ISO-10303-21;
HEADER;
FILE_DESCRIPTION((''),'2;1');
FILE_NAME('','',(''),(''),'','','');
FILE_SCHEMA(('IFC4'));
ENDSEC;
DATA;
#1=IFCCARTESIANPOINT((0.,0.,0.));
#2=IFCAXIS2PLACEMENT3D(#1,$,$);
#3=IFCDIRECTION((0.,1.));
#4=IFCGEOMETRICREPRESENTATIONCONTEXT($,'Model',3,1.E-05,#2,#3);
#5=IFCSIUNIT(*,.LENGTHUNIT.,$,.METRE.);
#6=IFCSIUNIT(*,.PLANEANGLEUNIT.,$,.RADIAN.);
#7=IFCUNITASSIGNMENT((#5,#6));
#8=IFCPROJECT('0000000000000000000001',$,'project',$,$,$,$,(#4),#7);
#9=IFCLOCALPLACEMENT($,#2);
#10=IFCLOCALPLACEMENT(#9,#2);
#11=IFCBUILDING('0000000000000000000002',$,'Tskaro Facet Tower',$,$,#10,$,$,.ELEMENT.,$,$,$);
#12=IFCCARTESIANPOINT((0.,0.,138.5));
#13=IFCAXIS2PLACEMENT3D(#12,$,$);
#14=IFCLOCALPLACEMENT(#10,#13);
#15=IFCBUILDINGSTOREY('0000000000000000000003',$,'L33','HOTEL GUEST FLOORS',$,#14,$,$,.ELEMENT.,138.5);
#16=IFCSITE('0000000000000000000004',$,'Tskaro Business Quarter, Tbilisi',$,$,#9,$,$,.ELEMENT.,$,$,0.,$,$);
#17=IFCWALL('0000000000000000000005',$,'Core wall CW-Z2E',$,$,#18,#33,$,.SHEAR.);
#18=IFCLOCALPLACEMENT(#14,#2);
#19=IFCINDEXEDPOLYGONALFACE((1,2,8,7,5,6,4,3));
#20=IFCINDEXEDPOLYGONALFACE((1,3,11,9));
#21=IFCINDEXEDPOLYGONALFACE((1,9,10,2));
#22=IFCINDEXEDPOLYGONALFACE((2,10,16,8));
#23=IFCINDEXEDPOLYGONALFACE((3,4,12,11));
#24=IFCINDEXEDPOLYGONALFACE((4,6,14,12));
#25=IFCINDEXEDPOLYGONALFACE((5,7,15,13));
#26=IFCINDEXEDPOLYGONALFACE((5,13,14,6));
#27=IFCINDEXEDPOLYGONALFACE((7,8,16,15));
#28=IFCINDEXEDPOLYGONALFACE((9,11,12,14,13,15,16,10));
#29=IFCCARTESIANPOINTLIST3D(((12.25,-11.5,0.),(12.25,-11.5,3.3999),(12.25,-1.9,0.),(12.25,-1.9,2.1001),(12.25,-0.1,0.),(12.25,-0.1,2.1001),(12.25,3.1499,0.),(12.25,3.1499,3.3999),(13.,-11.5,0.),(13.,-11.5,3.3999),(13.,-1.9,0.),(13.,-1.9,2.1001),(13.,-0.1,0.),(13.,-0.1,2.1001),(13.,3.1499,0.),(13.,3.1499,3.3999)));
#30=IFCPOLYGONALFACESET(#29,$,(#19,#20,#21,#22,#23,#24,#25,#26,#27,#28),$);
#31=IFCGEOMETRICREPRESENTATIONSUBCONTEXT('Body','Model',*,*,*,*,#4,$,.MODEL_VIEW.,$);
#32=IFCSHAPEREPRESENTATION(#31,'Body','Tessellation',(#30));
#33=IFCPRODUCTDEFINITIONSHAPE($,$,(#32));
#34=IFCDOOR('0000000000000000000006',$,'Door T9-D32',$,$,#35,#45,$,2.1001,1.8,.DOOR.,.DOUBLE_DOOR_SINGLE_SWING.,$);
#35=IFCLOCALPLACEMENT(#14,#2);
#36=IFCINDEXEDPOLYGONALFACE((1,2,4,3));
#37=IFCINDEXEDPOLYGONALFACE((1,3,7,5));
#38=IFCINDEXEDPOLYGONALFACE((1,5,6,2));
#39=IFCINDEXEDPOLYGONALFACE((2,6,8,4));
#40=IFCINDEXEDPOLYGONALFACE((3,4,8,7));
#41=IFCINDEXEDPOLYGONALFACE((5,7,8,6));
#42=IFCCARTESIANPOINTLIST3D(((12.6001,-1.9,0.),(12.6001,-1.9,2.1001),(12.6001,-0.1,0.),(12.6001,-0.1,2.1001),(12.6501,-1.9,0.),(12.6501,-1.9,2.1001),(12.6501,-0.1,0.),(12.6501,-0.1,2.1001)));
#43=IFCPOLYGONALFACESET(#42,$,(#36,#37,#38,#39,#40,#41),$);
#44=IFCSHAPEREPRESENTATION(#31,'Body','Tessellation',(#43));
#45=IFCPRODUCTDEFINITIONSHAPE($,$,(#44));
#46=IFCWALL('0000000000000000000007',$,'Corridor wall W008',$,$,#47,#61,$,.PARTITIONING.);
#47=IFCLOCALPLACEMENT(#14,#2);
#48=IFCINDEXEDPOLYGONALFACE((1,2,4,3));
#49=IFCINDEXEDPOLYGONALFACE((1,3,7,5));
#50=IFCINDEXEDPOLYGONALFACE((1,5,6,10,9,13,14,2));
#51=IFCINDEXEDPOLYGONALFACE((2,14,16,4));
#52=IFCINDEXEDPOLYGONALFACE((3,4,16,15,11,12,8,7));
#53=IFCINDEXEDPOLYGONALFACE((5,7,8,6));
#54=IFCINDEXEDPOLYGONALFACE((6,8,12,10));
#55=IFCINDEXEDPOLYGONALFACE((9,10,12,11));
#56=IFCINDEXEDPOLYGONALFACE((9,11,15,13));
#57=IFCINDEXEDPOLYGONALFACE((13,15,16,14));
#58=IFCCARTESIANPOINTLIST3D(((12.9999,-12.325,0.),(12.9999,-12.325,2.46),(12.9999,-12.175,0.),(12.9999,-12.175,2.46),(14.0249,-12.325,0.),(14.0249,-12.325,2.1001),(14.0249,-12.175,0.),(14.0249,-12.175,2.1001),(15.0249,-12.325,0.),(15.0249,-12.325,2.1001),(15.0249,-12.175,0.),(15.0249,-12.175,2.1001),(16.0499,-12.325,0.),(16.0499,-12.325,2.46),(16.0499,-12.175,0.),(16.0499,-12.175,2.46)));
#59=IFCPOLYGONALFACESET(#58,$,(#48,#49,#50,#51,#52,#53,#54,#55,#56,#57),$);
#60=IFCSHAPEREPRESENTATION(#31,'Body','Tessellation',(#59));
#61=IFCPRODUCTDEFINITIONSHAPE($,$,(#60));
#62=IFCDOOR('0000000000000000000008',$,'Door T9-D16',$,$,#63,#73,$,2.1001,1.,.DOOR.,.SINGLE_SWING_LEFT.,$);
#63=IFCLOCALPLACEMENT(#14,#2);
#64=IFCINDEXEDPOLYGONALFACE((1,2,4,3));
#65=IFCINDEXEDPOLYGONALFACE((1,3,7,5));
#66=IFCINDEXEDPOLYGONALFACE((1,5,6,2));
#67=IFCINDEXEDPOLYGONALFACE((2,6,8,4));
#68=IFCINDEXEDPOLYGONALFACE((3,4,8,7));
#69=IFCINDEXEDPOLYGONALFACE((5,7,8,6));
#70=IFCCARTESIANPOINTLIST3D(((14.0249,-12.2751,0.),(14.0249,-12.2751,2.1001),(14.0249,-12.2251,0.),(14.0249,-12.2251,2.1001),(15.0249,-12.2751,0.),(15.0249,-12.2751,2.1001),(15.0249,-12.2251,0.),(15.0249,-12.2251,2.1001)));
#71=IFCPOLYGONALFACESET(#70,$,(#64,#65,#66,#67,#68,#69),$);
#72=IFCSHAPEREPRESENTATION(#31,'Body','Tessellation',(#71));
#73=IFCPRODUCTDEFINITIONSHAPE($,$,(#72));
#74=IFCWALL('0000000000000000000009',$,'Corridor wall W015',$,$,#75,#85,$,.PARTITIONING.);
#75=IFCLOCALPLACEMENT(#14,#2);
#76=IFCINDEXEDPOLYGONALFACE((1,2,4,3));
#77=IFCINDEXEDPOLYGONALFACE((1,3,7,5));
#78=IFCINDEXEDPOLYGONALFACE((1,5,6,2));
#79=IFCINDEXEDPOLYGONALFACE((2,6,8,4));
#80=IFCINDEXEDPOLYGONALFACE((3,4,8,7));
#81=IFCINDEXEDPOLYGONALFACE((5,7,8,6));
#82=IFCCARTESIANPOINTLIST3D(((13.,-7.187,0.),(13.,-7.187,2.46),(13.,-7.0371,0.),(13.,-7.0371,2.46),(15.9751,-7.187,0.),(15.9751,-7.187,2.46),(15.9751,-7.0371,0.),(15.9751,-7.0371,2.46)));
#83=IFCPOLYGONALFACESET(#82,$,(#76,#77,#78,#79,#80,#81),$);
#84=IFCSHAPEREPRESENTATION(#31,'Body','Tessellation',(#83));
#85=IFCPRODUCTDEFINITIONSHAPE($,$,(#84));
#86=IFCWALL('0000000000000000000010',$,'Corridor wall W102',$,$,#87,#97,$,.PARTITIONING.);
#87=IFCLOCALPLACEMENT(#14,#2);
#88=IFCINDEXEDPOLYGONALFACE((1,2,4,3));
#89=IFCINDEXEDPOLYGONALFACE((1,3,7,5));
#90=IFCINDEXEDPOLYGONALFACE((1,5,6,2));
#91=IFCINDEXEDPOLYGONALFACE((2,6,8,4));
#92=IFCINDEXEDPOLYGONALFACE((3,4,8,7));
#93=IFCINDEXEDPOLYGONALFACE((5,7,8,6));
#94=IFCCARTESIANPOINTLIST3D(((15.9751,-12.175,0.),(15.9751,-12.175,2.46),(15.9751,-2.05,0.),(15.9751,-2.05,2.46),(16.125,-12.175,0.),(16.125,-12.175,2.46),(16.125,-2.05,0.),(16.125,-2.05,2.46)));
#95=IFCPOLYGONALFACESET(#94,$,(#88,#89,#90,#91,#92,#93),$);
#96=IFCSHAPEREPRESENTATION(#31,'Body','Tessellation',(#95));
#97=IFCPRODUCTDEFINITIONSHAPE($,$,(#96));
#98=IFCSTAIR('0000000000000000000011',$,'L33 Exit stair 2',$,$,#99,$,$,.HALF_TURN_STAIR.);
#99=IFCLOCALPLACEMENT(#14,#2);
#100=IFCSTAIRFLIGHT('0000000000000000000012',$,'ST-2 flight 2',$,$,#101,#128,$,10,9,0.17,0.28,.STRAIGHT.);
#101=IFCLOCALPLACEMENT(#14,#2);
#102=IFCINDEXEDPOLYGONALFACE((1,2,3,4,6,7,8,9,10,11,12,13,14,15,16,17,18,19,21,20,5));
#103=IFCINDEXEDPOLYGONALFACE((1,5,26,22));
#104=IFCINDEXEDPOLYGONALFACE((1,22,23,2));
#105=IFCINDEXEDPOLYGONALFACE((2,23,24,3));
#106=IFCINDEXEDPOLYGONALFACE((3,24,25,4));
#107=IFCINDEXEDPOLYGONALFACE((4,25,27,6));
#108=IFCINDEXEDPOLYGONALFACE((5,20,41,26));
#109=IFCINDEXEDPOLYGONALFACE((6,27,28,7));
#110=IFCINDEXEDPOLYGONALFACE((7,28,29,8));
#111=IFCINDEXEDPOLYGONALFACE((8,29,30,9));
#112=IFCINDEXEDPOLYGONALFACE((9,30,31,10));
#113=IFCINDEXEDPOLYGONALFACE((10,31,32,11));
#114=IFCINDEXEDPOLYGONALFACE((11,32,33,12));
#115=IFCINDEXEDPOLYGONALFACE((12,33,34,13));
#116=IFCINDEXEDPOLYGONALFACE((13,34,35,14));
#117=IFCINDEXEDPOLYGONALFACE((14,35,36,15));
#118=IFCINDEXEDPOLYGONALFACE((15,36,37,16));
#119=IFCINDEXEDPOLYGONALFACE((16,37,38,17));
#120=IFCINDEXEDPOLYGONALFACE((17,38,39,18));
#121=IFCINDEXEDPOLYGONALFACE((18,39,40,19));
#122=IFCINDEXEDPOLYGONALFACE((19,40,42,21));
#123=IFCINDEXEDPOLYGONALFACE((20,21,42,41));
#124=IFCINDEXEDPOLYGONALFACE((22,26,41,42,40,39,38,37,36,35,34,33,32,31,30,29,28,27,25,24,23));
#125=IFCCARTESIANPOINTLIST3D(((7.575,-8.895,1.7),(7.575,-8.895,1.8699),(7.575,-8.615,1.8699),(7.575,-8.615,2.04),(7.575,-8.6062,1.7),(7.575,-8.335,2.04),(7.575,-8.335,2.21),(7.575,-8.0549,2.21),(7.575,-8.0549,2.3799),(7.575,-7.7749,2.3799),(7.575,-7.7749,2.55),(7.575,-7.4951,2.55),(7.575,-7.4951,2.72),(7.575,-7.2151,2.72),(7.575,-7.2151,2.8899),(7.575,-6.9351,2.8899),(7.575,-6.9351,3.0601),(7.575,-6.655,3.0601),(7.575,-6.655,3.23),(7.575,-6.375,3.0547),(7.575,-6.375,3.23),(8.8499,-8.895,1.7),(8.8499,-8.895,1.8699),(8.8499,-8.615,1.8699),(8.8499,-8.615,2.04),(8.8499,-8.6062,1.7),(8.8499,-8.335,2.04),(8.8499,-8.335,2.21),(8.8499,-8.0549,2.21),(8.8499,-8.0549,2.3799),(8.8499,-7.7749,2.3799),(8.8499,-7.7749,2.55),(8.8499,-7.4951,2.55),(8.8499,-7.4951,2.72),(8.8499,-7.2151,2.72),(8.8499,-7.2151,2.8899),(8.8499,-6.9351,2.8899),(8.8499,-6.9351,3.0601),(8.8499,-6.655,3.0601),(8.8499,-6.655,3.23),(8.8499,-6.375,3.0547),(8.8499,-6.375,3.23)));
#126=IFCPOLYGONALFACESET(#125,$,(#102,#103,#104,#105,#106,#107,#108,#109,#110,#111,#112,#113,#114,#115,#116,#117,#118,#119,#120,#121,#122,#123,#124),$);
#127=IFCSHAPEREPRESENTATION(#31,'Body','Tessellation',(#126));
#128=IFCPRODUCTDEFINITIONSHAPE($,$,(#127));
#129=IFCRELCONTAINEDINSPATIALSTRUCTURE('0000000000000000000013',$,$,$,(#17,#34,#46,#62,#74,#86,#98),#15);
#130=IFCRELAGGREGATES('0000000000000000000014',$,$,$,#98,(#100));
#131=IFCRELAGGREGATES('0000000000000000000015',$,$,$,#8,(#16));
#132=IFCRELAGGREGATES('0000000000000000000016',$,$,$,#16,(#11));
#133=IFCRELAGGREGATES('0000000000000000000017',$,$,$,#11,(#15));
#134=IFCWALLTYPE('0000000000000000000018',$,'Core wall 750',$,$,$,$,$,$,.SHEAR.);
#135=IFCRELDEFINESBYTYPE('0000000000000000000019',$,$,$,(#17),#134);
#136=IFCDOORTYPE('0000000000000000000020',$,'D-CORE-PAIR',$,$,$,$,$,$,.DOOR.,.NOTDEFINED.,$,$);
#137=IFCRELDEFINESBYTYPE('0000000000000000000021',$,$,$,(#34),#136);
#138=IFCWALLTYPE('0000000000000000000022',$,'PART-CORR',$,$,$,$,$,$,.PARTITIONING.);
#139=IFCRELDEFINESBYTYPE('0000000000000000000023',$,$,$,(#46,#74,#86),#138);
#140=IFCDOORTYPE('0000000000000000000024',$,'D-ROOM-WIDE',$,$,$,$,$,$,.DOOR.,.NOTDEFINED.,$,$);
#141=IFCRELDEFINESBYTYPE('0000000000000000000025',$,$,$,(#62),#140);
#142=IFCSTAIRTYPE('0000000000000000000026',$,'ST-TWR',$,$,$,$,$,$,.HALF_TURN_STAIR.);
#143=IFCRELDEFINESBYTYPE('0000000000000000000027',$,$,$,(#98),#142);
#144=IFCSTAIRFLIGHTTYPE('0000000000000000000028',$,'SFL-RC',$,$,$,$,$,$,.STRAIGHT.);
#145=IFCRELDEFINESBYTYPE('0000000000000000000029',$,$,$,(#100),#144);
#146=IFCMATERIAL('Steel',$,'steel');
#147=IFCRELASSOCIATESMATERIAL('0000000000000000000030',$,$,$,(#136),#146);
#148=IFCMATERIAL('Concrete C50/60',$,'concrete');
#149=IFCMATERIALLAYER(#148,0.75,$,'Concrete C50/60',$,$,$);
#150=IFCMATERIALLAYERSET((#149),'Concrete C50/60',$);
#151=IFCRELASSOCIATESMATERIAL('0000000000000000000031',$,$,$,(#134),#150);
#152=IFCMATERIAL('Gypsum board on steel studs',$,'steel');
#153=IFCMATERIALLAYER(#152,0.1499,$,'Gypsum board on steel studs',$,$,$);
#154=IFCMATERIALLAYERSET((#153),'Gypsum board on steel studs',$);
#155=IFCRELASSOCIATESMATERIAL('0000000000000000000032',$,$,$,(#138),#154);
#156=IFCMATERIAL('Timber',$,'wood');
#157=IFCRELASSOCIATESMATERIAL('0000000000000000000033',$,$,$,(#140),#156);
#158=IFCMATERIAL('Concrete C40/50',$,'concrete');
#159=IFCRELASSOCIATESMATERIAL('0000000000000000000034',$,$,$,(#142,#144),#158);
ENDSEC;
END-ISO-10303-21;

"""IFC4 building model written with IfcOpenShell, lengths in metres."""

from ifc_helpers import new_model, si_unit, direction, frame, frame_2d, origin, place, context, subcontext, project, spatial, polyline, rectangle, outline, extrude, material, layer, layer_set, type_object, element, fill, aggregate, save


model = new_model("IFC4")

# Units and contexts
model_context = context("Model", 3, precision=1e-05, world=origin(), true_north=direction((0.0, 1.0)))
body_context = subcontext(model_context, "Body", "Model", "MODEL_VIEW")
ifc_project = project(units=[si_unit("LENGTHUNIT", "METRE"), si_unit("PLANEANGLEUNIT", "RADIAN")], contexts=[model_context])

# Site, building, storey
site_placement = place(None, origin())
site = spatial("IfcSite", under=ifc_project, at=site_placement, Name="Tskaro Business Quarter, Tbilisi", CompositionType="ELEMENT", RefElevation=0.0)
building_placement = place(site_placement, origin())
building = spatial("IfcBuilding", under=site, at=building_placement, Name="Tskaro Facet Tower", CompositionType="ELEMENT")
storey_placement = place(building_placement, frame((0.0, 0.0, 138.5)))
storey = spatial("IfcBuildingStorey", under=building, at=storey_placement, Name="L33", Description="HOTEL GUEST FLOORS", CompositionType="ELEMENT", Elevation=138.5)

# Shared definitions
ifc_material_1 = material(Name="Steel", Category="steel")
ifc_material_2 = material(Name="Timber", Category="wood")
ifc_material_3 = material(Name="Concrete C40/50", Category="concrete")
door_type_1 = type_object("IfcDoorType", Name="D-CORE-PAIR", OperationType="NOTDEFINED", PredefinedType="DOOR", material=ifc_material_1)

# Walls, openings, doors
ifc_material_4 = material(Name="Concrete C50/60", Category="concrete")
ifc_layer_1 = layer(ifc_material_4, 0.75, Name="Concrete C50/60")
ifc_layer_set_1 = layer_set([ifc_layer_1], Name="Concrete C50/60")
wall_type_1 = type_object("IfcWallType", Name="Core wall 750", PredefinedType="SHEAR", material=ifc_layer_set_1)
wall_1_placement = place(storey_placement, frame((12.625, -11.5, 0.0), z_axis=(0.0, 0.0, 1.0), x_axis=(0.0, 1.0, 0.0)))
wall_1 = element("IfcWall", 1, at=wall_1_placement, inside=storey, type_object=wall_type_1, Name="Core wall CW-Z2E", PredefinedType="SHEAR", context=body_context, shape_type="SweptSolid", body=[
    extrude(rectangle(XDim=14.6499, YDim=0.75, at=frame_2d((7.325, 0.0))), origin(), (0.0, 0.0, 1.0), 3.3999),
])
opening_1_placement = place(wall_1_placement, frame((9.6001, 0.0, 0.0)))
opening_1 = element("IfcOpeningElement", 2, at=opening_1_placement, cuts=wall_1, PredefinedType="OPENING", context=body_context, shape_type="SweptSolid", body=[
    extrude(rectangle(XDim=1.8, YDim=2.1001, at=frame_2d((0.8999, 1.05))), frame((0.0, 0.385, 0.0), z_axis=(0.0, -1.0, 0.0), x_axis=(1.0, 0.0, 0.0)), (0.0, 0.0, 1.0), 0.77),
])
door_1_placement = place(opening_1_placement, origin())
door_1 = element("IfcDoor", 3, at=door_1_placement, inside=storey, type_object=door_type_1, Name="Door T9-D32", OperationType="DOUBLE_DOOR_SINGLE_SWING", OverallHeight=2.1001, OverallWidth=1.8, PredefinedType="DOOR", context=body_context, shape_type="SweptSolid", body=[
    extrude(rectangle(XDim=1.8, YDim=2.1001, at=frame_2d((0.8999, 1.05))), frame((0.0, 0.0249, 0.0), z_axis=(0.0, -1.0, 0.0), x_axis=(1.0, 0.0, 0.0)), (0.0, 0.0, 1.0), 0.05),
])
fill(opening_1, door_1)
ifc_material_5 = material(Name="Gypsum board on steel studs", Category="steel")
ifc_layer_2 = layer(ifc_material_5, 0.1499, Name="Gypsum board on steel studs")
ifc_layer_set_2 = layer_set([ifc_layer_2], Name="Gypsum board on steel studs")
wall_type_2 = type_object("IfcWallType", Name="PART-CORR", PredefinedType="PARTITIONING", material=ifc_layer_set_2)
wall_2_placement = place(storey_placement, frame((13.0, -12.25, 0.0), z_axis=(0.0, 0.0, 1.0), x_axis=(1.0, 0.0, 0.0)))
wall_2 = element("IfcWall", 4, at=wall_2_placement, inside=storey, type_object=wall_type_2, Name="Corridor wall W008", PredefinedType="PARTITIONING", context=body_context, shape_type="SweptSolid", body=[
    extrude(rectangle(XDim=3.05, YDim=0.1499, at=frame_2d((1.5249, 0.0))), origin(), (0.0, 0.0, 1.0), 2.46),
])
opening_2_placement = place(wall_2_placement, frame((1.0249, 0.0, 0.0)))
opening_2 = element("IfcOpeningElement", 5, at=opening_2_placement, cuts=wall_2, PredefinedType="OPENING", context=body_context, shape_type="SweptSolid", body=[
    extrude(rectangle(XDim=1.0, YDim=2.1001, at=frame_2d((0.5, 1.05))), frame((0.0, 0.085, 0.0), z_axis=(0.0, -1.0, 0.0), x_axis=(1.0, 0.0, 0.0)), (0.0, 0.0, 1.0), 0.1699),
])
door_type_2 = type_object("IfcDoorType", Name="D-ROOM-WIDE", OperationType="NOTDEFINED", PredefinedType="DOOR", material=ifc_material_2)
door_2_placement = place(opening_2_placement, origin())
door_2 = element("IfcDoor", 6, at=door_2_placement, inside=storey, type_object=door_type_2, Name="Door T9-D16", OperationType="SINGLE_SWING_LEFT", OverallHeight=2.1001, OverallWidth=1.0, PredefinedType="DOOR", context=body_context, shape_type="SweptSolid", body=[
    extrude(rectangle(XDim=1.0, YDim=2.1001, at=frame_2d((0.5, 1.05))), frame((0.0, 0.0249, 0.0), z_axis=(0.0, -1.0, 0.0), x_axis=(1.0, 0.0, 0.0)), (0.0, 0.0, 1.0), 0.05),
])
fill(opening_2, door_2)

# Walls
wall_3_placement = place(storey_placement, frame((13.0, -7.1121, 0.0), z_axis=(0.0, 0.0, 1.0), x_axis=(1.0, 0.0, 0.0)))
element("IfcWall", 7, at=wall_3_placement, inside=storey, type_object=wall_type_2, Name="Corridor wall W015", PredefinedType="PARTITIONING", context=body_context, shape_type="SweptSolid", body=[
    extrude(rectangle(XDim=2.9751, YDim=0.1499, at=frame_2d((1.4875, 0.0))), origin(), (0.0, 0.0, 1.0), 2.46),
])
wall_4_placement = place(storey_placement, frame((16.05, -12.175, 0.0), z_axis=(0.0, 0.0, 1.0), x_axis=(0.0, 1.0, 0.0)))
element("IfcWall", 8, at=wall_4_placement, inside=storey, type_object=wall_type_2, Name="Corridor wall W102", PredefinedType="PARTITIONING", context=body_context, shape_type="SweptSolid", body=[
    extrude(rectangle(XDim=10.125, YDim=0.1499, at=frame_2d((5.0625, 0.0))), origin(), (0.0, 0.0, 1.0), 2.46),
])

# Stair, stair flight
stair_type = type_object("IfcStairType", Name="ST-TWR", PredefinedType="HALF_TURN_STAIR", material=ifc_material_3)
stair_placement = place(storey_placement, origin())
stair = element("IfcStair", 9, at=stair_placement, inside=storey, type_object=stair_type, Name="L33 Exit stair 2", PredefinedType="HALF_TURN_STAIR")
stair_flight_type = type_object("IfcStairFlightType", Name="SFL-RC", PredefinedType="STRAIGHT", material=ifc_material_3)
stair_flight_placement = place(storey_placement, frame((8.2124, -8.895, 1.7), z_axis=(0.0, 0.0, 1.0), x_axis=(0.0, 1.0, 0.0)))
stair_flight = element("IfcStairFlight", 10, at=stair_flight_placement, type_object=stair_flight_type, Name="ST-2 flight 2", NumberOfRisers=10, NumberOfTreads=9, PredefinedType="STRAIGHT", RiserHeight=0.17, TreadLength=0.28, context=body_context, shape_type="SweptSolid", body=[
    extrude(outline(polyline([(0.0, 0.0), (0.0, 0.1699), (0.28, 0.1699), (0.28, 0.3401), (0.5601, 0.3401), (0.5601, 0.51), (0.8401, 0.51), (0.8401, 0.6799), (1.1201, 0.6799), (1.1201, 0.8501), (1.3999, 0.8501), (1.3999, 1.02), (1.6799, 1.02), (1.6799, 1.1899), (1.96, 1.1899), (1.96, 1.3601), (2.24, 1.3601), (2.24, 1.53), (2.52, 1.53), (2.52, 1.7), (2.52, 1.3547), (0.2888, 0.0), (0.0, 0.0)])), frame((0.0, 0.6375, 0.0), z_axis=(0.0, -1.0, 0.0), x_axis=(1.0, 0.0, 0.0)), (0.0, 0.0, 1.0), 1.2749),
])
aggregate(stair, [stair_flight])

save(model, "model.ifc")
